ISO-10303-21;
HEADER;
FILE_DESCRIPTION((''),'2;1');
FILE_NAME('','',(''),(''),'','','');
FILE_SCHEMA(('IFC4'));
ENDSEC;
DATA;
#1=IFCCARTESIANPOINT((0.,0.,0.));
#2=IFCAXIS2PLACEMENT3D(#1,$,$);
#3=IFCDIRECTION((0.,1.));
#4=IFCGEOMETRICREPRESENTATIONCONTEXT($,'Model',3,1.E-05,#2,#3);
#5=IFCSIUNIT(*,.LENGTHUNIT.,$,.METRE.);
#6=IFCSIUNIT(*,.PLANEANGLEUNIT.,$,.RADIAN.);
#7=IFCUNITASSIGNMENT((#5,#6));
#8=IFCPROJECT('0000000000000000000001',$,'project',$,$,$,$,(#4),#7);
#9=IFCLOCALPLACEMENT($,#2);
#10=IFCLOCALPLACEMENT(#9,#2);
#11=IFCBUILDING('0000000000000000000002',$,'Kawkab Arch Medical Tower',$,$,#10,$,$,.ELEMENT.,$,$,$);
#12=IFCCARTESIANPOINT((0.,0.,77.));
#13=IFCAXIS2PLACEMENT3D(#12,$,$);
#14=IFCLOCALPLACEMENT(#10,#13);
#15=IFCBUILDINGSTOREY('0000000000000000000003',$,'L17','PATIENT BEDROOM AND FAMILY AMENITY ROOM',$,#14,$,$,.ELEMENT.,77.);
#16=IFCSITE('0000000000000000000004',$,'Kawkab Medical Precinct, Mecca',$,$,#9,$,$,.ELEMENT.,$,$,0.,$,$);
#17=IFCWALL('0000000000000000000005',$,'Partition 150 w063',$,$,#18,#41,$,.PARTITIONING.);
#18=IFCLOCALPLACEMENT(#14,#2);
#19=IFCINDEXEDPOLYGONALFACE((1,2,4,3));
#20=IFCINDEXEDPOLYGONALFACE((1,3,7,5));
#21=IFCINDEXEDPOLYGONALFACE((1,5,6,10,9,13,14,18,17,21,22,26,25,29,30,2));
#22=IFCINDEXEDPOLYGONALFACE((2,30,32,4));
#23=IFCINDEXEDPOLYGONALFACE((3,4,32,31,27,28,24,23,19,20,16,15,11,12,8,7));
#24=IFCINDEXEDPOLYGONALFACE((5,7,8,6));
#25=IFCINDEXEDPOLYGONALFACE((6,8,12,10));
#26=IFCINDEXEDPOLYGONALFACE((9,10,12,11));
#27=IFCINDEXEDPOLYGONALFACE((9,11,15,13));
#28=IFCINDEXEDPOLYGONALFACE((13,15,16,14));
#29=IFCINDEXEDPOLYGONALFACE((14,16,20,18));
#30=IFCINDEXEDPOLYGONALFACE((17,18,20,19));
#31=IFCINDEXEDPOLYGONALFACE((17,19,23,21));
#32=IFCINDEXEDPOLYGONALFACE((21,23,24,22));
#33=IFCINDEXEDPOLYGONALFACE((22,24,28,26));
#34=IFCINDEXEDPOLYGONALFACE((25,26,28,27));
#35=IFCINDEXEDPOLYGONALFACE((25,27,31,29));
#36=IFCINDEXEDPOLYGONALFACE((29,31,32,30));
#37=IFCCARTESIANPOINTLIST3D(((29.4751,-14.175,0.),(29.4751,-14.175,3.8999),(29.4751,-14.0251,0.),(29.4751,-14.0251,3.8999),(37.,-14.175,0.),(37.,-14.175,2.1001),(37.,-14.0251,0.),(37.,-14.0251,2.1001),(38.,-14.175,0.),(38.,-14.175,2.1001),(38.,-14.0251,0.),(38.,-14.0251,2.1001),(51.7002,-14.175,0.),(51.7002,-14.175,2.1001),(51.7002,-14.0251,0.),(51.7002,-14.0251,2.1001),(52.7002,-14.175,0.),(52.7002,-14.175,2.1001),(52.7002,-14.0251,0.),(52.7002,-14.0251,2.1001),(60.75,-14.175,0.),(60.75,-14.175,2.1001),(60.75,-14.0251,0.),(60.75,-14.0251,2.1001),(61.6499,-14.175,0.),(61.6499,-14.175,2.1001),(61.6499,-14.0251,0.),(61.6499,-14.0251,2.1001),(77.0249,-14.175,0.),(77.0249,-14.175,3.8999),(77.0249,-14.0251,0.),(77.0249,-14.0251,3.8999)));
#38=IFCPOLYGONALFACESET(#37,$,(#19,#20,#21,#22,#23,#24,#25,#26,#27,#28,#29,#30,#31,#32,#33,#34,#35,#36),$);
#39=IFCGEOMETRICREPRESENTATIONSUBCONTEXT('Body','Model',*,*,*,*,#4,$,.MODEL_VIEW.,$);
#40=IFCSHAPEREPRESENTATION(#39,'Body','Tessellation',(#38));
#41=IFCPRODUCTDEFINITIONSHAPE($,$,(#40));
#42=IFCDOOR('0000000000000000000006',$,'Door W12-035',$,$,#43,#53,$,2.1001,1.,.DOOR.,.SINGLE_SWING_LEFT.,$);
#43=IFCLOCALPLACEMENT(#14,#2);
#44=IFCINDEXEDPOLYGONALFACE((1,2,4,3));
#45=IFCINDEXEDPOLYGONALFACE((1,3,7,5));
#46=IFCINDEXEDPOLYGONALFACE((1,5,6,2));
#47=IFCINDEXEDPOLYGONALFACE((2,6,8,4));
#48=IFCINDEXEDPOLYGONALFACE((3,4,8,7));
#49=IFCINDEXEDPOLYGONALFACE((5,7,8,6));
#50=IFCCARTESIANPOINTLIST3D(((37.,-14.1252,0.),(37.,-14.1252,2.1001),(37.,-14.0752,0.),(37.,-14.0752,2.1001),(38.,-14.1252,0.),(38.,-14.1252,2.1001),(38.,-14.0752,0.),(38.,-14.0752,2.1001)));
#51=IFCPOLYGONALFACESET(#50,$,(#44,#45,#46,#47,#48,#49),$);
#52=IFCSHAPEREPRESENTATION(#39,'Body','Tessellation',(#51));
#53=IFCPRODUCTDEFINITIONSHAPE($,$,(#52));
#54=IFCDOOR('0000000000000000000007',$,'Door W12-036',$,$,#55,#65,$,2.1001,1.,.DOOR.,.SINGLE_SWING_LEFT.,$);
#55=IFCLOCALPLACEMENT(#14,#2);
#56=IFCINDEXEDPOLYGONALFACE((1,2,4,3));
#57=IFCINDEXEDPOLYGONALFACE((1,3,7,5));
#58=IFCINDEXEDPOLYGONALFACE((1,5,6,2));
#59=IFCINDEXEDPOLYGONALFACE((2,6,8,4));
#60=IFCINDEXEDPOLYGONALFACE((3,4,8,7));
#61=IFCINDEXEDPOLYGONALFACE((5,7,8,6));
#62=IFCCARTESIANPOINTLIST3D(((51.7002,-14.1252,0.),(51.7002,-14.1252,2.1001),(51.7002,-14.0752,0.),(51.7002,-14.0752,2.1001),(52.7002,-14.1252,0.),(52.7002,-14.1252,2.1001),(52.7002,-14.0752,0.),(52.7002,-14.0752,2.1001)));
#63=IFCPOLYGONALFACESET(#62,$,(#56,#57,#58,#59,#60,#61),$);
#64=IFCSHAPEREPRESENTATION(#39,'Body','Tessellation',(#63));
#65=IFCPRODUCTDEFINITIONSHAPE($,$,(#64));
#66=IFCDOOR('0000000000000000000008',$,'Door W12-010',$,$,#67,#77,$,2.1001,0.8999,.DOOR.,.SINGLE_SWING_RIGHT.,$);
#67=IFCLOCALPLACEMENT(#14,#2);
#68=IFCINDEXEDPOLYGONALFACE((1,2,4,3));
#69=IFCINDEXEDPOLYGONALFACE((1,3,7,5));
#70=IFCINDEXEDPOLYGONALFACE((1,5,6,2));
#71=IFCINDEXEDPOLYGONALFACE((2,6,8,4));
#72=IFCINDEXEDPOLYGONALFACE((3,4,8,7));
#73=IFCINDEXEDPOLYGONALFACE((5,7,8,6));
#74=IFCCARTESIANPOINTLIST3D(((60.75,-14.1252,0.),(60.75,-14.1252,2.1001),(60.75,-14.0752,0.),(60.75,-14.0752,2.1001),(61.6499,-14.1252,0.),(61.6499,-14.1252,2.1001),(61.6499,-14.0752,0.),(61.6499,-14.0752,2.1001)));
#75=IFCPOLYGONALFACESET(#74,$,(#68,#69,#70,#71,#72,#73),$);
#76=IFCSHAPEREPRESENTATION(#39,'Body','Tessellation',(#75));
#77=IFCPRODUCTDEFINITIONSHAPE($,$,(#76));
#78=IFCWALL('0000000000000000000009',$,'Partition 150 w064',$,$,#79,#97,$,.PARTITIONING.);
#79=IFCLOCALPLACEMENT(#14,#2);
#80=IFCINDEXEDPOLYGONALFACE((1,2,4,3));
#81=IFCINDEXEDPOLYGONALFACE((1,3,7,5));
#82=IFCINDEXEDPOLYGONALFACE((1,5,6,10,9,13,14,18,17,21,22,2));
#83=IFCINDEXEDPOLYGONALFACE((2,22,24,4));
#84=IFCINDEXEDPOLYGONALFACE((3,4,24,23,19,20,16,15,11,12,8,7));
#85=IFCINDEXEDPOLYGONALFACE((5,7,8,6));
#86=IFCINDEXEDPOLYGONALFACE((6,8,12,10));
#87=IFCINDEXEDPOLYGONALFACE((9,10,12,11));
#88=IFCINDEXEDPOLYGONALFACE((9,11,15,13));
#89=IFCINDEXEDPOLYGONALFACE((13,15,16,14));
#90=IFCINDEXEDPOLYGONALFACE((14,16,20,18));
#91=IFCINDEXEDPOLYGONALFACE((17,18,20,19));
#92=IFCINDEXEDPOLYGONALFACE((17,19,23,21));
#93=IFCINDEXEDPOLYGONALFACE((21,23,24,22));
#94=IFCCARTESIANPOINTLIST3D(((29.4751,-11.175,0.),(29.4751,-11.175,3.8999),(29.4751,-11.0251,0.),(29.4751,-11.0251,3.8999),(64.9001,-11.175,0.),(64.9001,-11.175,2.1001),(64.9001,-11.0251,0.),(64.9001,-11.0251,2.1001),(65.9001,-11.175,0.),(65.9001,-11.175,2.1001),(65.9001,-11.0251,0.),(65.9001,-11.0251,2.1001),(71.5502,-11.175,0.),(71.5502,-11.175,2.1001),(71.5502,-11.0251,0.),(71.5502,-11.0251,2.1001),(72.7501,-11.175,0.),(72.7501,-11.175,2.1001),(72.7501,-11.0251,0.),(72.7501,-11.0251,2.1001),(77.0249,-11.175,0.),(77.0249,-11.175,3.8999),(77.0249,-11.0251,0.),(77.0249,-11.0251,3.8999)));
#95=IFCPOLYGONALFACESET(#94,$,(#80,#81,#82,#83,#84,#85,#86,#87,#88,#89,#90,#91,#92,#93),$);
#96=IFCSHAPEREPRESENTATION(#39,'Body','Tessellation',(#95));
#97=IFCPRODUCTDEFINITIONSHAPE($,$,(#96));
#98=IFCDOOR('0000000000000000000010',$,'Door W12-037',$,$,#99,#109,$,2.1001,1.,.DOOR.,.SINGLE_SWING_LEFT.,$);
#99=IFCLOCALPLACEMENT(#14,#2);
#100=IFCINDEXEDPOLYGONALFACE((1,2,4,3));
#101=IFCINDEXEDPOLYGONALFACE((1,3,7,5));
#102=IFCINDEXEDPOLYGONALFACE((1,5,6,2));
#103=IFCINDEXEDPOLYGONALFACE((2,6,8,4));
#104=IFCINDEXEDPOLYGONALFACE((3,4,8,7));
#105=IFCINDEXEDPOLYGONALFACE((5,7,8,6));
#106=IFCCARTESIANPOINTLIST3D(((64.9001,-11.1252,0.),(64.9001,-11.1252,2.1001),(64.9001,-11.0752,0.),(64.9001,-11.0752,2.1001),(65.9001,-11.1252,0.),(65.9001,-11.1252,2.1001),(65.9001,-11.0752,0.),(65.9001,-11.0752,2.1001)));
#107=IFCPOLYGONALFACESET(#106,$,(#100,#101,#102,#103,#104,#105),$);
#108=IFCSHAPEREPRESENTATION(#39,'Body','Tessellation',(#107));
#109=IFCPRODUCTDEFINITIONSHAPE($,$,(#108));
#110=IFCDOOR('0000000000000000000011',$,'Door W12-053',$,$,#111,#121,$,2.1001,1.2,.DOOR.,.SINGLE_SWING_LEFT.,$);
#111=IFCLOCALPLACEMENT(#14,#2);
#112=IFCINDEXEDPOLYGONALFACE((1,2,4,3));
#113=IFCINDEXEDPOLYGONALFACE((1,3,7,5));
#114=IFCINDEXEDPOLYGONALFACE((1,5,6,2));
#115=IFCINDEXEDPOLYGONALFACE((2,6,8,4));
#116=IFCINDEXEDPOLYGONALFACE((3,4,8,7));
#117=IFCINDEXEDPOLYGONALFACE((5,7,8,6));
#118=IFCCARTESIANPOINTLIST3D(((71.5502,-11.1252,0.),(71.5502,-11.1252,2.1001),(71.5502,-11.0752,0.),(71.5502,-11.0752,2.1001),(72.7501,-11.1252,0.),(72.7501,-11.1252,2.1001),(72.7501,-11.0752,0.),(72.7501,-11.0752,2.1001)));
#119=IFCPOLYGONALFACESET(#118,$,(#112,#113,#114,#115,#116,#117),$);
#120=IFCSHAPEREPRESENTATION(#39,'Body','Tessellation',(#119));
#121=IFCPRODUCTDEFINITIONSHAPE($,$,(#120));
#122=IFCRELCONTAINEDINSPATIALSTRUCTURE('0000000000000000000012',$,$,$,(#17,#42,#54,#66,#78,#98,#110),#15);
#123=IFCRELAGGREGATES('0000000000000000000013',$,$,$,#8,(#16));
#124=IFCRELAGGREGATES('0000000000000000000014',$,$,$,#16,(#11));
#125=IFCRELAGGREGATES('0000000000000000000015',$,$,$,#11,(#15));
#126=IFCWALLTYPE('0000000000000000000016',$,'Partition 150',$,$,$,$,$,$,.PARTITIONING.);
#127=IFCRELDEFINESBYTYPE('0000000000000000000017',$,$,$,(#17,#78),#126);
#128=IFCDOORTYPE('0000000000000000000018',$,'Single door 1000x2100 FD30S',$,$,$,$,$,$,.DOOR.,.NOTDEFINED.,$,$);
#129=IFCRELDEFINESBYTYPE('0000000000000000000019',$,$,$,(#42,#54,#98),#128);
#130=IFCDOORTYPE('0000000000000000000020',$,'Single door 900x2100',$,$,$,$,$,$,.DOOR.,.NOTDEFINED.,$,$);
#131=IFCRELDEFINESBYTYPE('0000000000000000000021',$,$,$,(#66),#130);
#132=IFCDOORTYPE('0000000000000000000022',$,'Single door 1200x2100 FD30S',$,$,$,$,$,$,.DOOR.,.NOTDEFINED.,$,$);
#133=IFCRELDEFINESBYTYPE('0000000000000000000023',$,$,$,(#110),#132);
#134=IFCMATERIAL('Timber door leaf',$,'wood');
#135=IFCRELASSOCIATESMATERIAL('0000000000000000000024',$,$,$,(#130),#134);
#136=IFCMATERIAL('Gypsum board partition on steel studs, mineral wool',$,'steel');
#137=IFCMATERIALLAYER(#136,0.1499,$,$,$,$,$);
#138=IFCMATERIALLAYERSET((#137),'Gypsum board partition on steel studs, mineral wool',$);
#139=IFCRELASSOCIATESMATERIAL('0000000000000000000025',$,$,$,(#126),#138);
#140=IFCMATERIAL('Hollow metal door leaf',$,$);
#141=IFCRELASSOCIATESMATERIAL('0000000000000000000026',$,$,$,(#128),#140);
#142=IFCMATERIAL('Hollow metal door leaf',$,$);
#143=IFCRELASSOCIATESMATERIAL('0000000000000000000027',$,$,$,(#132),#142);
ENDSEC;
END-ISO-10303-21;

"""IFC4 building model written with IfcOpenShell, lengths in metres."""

from ifc_helpers import new_model, si_unit, direction, frame, frame_2d, origin, place, context, subcontext, project, spatial, rectangle, extrude, material, layer, layer_set, type_object, element, fill, save


model = new_model("IFC4")

# Units and contexts
model_context = context("Model", 3, precision=1e-05, world=origin(), true_north=direction((0.0, 1.0)))
body_context = subcontext(model_context, "Body", "Model", "MODEL_VIEW")
ifc_project = project(units=[si_unit("LENGTHUNIT", "METRE"), si_unit("PLANEANGLEUNIT", "RADIAN")], contexts=[model_context])

# Site, building, storey
site_placement = place(None, origin())
site = spatial("IfcSite", under=ifc_project, at=site_placement, Name="Kawkab Medical Precinct, Mecca", CompositionType="ELEMENT", RefElevation=0.0)
building_placement = place(site_placement, origin())
building = spatial("IfcBuilding", under=site, at=building_placement, Name="Kawkab Arch Medical Tower", CompositionType="ELEMENT")
storey_placement = place(building_placement, frame((0.0, 0.0, 77.0)))
storey = spatial("IfcBuildingStorey", under=building, at=storey_placement, Name="L17", Description="PATIENT BEDROOM AND FAMILY AMENITY ROOM", CompositionType="ELEMENT", Elevation=77.0)

# Shared definitions
ifc_material_1 = material(Name="Timber door leaf", Category="wood")
door_type_1 = type_object("IfcDoorType", Name="Single door 900x2100", OperationType="NOTDEFINED", PredefinedType="DOOR", material=ifc_material_1)

# Walls, openings, doors
ifc_material_2 = material(Name="Gypsum board partition on steel studs, mineral wool", Category="steel")
ifc_layer_1 = layer(ifc_material_2, 0.1499)
ifc_layer_set_1 = layer_set([ifc_layer_1], Name="Gypsum board partition on steel studs, mineral wool")
wall_type_1 = type_object("IfcWallType", Name="Partition 150", PredefinedType="PARTITIONING", material=ifc_layer_set_1)
wall_1_placement = place(storey_placement, frame((29.4751, -14.1001, 0.0), z_axis=(0.0, 0.0, 1.0), x_axis=(1.0, 0.0, 0.0)))
wall_1 = element("IfcWall", 1, at=wall_1_placement, inside=storey, type_object=wall_type_1, Name="Partition 150 w063", PredefinedType="PARTITIONING", context=body_context, shape_type="SweptSolid", body=[
    extrude(rectangle(XDim=47.5498, YDim=0.1499, at=frame_2d((23.7749, 0.0))), origin(), (0.0, 0.0, 1.0), 3.8999),
])
opening_1_placement = place(wall_1_placement, frame((7.5249, 0.0, 0.0)))
opening_1 = element("IfcOpeningElement", 2, at=opening_1_placement, cuts=wall_1, PredefinedType="OPENING", context=body_context, shape_type="SweptSolid", body=[
    extrude(rectangle(XDim=1.0, YDim=2.1001, at=frame_2d((0.5, 1.05))), frame((0.0, 0.085, 0.0), z_axis=(0.0, -1.0, 0.0), x_axis=(1.0, 0.0, 0.0)), (0.0, 0.0, 1.0), 0.1699),
])
opening_2_placement = place(wall_1_placement, frame((22.2251, 0.0, 0.0)))
opening_2 = element("IfcOpeningElement", 3, at=opening_2_placement, cuts=wall_1, PredefinedType="OPENING", context=body_context, shape_type="SweptSolid", body=[
    extrude(rectangle(XDim=1.0, YDim=2.1001, at=frame_2d((0.5, 1.05))), frame((0.0, 0.085, 0.0), z_axis=(0.0, -1.0, 0.0), x_axis=(1.0, 0.0, 0.0)), (0.0, 0.0, 1.0), 0.1699),
])
opening_3_placement = place(wall_1_placement, frame((31.2749, 0.0, 0.0)))
opening_3 = element("IfcOpeningElement", 4, at=opening_3_placement, cuts=wall_1, PredefinedType="OPENING", context=body_context, shape_type="SweptSolid", body=[
    extrude(rectangle(XDim=0.8999, YDim=2.1001, at=frame_2d((0.45, 1.05))), frame((0.0, 0.085, 0.0), z_axis=(0.0, -1.0, 0.0), x_axis=(1.0, 0.0, 0.0)), (0.0, 0.0, 1.0), 0.1699),
])
ifc_material_3 = material(Name="Hollow metal door leaf")
door_type_2 = type_object("IfcDoorType", Name="Single door 1000x2100 FD30S", OperationType="NOTDEFINED", PredefinedType="DOOR", material=ifc_material_3)
door_1_placement = place(opening_1_placement, origin())
door_1 = element("IfcDoor", 5, at=door_1_placement, inside=storey, type_object=door_type_2, Name="Door W12-035", OperationType="SINGLE_SWING_LEFT", OverallHeight=2.1001, OverallWidth=1.0, PredefinedType="DOOR", context=body_context, shape_type="SweptSolid", body=[
    extrude(rectangle(XDim=1.0, YDim=2.1001, at=frame_2d((0.5, 1.05))), frame((0.0, 0.0249, 0.0), z_axis=(0.0, -1.0, 0.0), x_axis=(1.0, 0.0, 0.0)), (0.0, 0.0, 1.0), 0.05),
])
fill(opening_1, door_1)
door_2_placement = place(opening_2_placement, origin())
door_2 = element("IfcDoor", 6, at=door_2_placement, inside=storey, type_object=door_type_2, Name="Door W12-036", OperationType="SINGLE_SWING_LEFT", OverallHeight=2.1001, OverallWidth=1.0, PredefinedType="DOOR", context=body_context, shape_type="SweptSolid", body=[
    extrude(rectangle(XDim=1.0, YDim=2.1001, at=frame_2d((0.5, 1.05))), frame((0.0, 0.0249, 0.0), z_axis=(0.0, -1.0, 0.0), x_axis=(1.0, 0.0, 0.0)), (0.0, 0.0, 1.0), 0.05),
])
fill(opening_2, door_2)
door_3_placement = place(opening_3_placement, origin())
door_3 = element("IfcDoor", 7, at=door_3_placement, inside=storey, type_object=door_type_1, Name="Door W12-010", OperationType="SINGLE_SWING_RIGHT", OverallHeight=2.1001, OverallWidth=0.8999, PredefinedType="DOOR", context=body_context, shape_type="SweptSolid", body=[
    extrude(rectangle(XDim=0.8999, YDim=2.1001, at=frame_2d((0.45, 1.05))), frame((0.0, 0.0249, 0.0), z_axis=(0.0, -1.0, 0.0), x_axis=(1.0, 0.0, 0.0)), (0.0, 0.0, 1.0), 0.05),
])
fill(opening_3, door_3)
wall_2_placement = place(storey_placement, frame((29.4751, -11.1001, 0.0), z_axis=(0.0, 0.0, 1.0), x_axis=(1.0, 0.0, 0.0)))
wall_2 = element("IfcWall", 8, at=wall_2_placement, inside=storey, type_object=wall_type_1, Name="Partition 150 w064", PredefinedType="PARTITIONING", context=body_context, shape_type="SweptSolid", body=[
    extrude(rectangle(XDim=47.5498, YDim=0.1499, at=frame_2d((23.7749, 0.0))), origin(), (0.0, 0.0, 1.0), 3.8999),
])
opening_4_placement = place(wall_2_placement, frame((35.425, 0.0, 0.0)))
opening_4 = element("IfcOpeningElement", 9, at=opening_4_placement, cuts=wall_2, PredefinedType="OPENING", context=body_context, shape_type="SweptSolid", body=[
    extrude(rectangle(XDim=1.0, YDim=2.1001, at=frame_2d((0.5, 1.05))), frame((0.0, 0.085, 0.0), z_axis=(0.0, -1.0, 0.0), x_axis=(1.0, 0.0, 0.0)), (0.0, 0.0, 1.0), 0.1699),
])
opening_5_placement = place(wall_2_placement, frame((42.075, 0.0, 0.0)))
opening_5 = element("IfcOpeningElement", 10, at=opening_5_placement, cuts=wall_2, PredefinedType="OPENING", context=body_context, shape_type="SweptSolid", body=[
    extrude(rectangle(XDim=1.2, YDim=2.1001, at=frame_2d((0.6001, 1.05))), frame((0.0, 0.085, 0.0), z_axis=(0.0, -1.0, 0.0), x_axis=(1.0, 0.0, 0.0)), (0.0, 0.0, 1.0), 0.1699),
])
door_4_placement = place(opening_4_placement, origin())
door_4 = element("IfcDoor", 11, at=door_4_placement, inside=storey, type_object=door_type_2, Name="Door W12-037", OperationType="SINGLE_SWING_LEFT", OverallHeight=2.1001, OverallWidth=1.0, PredefinedType="DOOR", context=body_context, shape_type="SweptSolid", body=[
    extrude(rectangle(XDim=1.0, YDim=2.1001, at=frame_2d((0.5, 1.05))), frame((0.0, 0.0249, 0.0), z_axis=(0.0, -1.0, 0.0), x_axis=(1.0, 0.0, 0.0)), (0.0, 0.0, 1.0), 0.05),
])
fill(opening_4, door_4)
ifc_material_4 = material(Name="Hollow metal door leaf")
door_type_3 = type_object("IfcDoorType", Name="Single door 1200x2100 FD30S", OperationType="NOTDEFINED", PredefinedType="DOOR", material=ifc_material_4)
door_5_placement = place(opening_5_placement, origin())
door_5 = element("IfcDoor", 12, at=door_5_placement, inside=storey, type_object=door_type_3, Name="Door W12-053", OperationType="SINGLE_SWING_LEFT", OverallHeight=2.1001, OverallWidth=1.2, PredefinedType="DOOR", context=body_context, shape_type="SweptSolid", body=[
    extrude(rectangle(XDim=1.2, YDim=2.1001, at=frame_2d((0.6001, 1.05))), frame((0.0, 0.0249, 0.0), z_axis=(0.0, -1.0, 0.0), x_axis=(1.0, 0.0, 0.0)), (0.0, 0.0, 1.0), 0.05),
])
fill(opening_5, door_5)

save(model, "model.ifc")
